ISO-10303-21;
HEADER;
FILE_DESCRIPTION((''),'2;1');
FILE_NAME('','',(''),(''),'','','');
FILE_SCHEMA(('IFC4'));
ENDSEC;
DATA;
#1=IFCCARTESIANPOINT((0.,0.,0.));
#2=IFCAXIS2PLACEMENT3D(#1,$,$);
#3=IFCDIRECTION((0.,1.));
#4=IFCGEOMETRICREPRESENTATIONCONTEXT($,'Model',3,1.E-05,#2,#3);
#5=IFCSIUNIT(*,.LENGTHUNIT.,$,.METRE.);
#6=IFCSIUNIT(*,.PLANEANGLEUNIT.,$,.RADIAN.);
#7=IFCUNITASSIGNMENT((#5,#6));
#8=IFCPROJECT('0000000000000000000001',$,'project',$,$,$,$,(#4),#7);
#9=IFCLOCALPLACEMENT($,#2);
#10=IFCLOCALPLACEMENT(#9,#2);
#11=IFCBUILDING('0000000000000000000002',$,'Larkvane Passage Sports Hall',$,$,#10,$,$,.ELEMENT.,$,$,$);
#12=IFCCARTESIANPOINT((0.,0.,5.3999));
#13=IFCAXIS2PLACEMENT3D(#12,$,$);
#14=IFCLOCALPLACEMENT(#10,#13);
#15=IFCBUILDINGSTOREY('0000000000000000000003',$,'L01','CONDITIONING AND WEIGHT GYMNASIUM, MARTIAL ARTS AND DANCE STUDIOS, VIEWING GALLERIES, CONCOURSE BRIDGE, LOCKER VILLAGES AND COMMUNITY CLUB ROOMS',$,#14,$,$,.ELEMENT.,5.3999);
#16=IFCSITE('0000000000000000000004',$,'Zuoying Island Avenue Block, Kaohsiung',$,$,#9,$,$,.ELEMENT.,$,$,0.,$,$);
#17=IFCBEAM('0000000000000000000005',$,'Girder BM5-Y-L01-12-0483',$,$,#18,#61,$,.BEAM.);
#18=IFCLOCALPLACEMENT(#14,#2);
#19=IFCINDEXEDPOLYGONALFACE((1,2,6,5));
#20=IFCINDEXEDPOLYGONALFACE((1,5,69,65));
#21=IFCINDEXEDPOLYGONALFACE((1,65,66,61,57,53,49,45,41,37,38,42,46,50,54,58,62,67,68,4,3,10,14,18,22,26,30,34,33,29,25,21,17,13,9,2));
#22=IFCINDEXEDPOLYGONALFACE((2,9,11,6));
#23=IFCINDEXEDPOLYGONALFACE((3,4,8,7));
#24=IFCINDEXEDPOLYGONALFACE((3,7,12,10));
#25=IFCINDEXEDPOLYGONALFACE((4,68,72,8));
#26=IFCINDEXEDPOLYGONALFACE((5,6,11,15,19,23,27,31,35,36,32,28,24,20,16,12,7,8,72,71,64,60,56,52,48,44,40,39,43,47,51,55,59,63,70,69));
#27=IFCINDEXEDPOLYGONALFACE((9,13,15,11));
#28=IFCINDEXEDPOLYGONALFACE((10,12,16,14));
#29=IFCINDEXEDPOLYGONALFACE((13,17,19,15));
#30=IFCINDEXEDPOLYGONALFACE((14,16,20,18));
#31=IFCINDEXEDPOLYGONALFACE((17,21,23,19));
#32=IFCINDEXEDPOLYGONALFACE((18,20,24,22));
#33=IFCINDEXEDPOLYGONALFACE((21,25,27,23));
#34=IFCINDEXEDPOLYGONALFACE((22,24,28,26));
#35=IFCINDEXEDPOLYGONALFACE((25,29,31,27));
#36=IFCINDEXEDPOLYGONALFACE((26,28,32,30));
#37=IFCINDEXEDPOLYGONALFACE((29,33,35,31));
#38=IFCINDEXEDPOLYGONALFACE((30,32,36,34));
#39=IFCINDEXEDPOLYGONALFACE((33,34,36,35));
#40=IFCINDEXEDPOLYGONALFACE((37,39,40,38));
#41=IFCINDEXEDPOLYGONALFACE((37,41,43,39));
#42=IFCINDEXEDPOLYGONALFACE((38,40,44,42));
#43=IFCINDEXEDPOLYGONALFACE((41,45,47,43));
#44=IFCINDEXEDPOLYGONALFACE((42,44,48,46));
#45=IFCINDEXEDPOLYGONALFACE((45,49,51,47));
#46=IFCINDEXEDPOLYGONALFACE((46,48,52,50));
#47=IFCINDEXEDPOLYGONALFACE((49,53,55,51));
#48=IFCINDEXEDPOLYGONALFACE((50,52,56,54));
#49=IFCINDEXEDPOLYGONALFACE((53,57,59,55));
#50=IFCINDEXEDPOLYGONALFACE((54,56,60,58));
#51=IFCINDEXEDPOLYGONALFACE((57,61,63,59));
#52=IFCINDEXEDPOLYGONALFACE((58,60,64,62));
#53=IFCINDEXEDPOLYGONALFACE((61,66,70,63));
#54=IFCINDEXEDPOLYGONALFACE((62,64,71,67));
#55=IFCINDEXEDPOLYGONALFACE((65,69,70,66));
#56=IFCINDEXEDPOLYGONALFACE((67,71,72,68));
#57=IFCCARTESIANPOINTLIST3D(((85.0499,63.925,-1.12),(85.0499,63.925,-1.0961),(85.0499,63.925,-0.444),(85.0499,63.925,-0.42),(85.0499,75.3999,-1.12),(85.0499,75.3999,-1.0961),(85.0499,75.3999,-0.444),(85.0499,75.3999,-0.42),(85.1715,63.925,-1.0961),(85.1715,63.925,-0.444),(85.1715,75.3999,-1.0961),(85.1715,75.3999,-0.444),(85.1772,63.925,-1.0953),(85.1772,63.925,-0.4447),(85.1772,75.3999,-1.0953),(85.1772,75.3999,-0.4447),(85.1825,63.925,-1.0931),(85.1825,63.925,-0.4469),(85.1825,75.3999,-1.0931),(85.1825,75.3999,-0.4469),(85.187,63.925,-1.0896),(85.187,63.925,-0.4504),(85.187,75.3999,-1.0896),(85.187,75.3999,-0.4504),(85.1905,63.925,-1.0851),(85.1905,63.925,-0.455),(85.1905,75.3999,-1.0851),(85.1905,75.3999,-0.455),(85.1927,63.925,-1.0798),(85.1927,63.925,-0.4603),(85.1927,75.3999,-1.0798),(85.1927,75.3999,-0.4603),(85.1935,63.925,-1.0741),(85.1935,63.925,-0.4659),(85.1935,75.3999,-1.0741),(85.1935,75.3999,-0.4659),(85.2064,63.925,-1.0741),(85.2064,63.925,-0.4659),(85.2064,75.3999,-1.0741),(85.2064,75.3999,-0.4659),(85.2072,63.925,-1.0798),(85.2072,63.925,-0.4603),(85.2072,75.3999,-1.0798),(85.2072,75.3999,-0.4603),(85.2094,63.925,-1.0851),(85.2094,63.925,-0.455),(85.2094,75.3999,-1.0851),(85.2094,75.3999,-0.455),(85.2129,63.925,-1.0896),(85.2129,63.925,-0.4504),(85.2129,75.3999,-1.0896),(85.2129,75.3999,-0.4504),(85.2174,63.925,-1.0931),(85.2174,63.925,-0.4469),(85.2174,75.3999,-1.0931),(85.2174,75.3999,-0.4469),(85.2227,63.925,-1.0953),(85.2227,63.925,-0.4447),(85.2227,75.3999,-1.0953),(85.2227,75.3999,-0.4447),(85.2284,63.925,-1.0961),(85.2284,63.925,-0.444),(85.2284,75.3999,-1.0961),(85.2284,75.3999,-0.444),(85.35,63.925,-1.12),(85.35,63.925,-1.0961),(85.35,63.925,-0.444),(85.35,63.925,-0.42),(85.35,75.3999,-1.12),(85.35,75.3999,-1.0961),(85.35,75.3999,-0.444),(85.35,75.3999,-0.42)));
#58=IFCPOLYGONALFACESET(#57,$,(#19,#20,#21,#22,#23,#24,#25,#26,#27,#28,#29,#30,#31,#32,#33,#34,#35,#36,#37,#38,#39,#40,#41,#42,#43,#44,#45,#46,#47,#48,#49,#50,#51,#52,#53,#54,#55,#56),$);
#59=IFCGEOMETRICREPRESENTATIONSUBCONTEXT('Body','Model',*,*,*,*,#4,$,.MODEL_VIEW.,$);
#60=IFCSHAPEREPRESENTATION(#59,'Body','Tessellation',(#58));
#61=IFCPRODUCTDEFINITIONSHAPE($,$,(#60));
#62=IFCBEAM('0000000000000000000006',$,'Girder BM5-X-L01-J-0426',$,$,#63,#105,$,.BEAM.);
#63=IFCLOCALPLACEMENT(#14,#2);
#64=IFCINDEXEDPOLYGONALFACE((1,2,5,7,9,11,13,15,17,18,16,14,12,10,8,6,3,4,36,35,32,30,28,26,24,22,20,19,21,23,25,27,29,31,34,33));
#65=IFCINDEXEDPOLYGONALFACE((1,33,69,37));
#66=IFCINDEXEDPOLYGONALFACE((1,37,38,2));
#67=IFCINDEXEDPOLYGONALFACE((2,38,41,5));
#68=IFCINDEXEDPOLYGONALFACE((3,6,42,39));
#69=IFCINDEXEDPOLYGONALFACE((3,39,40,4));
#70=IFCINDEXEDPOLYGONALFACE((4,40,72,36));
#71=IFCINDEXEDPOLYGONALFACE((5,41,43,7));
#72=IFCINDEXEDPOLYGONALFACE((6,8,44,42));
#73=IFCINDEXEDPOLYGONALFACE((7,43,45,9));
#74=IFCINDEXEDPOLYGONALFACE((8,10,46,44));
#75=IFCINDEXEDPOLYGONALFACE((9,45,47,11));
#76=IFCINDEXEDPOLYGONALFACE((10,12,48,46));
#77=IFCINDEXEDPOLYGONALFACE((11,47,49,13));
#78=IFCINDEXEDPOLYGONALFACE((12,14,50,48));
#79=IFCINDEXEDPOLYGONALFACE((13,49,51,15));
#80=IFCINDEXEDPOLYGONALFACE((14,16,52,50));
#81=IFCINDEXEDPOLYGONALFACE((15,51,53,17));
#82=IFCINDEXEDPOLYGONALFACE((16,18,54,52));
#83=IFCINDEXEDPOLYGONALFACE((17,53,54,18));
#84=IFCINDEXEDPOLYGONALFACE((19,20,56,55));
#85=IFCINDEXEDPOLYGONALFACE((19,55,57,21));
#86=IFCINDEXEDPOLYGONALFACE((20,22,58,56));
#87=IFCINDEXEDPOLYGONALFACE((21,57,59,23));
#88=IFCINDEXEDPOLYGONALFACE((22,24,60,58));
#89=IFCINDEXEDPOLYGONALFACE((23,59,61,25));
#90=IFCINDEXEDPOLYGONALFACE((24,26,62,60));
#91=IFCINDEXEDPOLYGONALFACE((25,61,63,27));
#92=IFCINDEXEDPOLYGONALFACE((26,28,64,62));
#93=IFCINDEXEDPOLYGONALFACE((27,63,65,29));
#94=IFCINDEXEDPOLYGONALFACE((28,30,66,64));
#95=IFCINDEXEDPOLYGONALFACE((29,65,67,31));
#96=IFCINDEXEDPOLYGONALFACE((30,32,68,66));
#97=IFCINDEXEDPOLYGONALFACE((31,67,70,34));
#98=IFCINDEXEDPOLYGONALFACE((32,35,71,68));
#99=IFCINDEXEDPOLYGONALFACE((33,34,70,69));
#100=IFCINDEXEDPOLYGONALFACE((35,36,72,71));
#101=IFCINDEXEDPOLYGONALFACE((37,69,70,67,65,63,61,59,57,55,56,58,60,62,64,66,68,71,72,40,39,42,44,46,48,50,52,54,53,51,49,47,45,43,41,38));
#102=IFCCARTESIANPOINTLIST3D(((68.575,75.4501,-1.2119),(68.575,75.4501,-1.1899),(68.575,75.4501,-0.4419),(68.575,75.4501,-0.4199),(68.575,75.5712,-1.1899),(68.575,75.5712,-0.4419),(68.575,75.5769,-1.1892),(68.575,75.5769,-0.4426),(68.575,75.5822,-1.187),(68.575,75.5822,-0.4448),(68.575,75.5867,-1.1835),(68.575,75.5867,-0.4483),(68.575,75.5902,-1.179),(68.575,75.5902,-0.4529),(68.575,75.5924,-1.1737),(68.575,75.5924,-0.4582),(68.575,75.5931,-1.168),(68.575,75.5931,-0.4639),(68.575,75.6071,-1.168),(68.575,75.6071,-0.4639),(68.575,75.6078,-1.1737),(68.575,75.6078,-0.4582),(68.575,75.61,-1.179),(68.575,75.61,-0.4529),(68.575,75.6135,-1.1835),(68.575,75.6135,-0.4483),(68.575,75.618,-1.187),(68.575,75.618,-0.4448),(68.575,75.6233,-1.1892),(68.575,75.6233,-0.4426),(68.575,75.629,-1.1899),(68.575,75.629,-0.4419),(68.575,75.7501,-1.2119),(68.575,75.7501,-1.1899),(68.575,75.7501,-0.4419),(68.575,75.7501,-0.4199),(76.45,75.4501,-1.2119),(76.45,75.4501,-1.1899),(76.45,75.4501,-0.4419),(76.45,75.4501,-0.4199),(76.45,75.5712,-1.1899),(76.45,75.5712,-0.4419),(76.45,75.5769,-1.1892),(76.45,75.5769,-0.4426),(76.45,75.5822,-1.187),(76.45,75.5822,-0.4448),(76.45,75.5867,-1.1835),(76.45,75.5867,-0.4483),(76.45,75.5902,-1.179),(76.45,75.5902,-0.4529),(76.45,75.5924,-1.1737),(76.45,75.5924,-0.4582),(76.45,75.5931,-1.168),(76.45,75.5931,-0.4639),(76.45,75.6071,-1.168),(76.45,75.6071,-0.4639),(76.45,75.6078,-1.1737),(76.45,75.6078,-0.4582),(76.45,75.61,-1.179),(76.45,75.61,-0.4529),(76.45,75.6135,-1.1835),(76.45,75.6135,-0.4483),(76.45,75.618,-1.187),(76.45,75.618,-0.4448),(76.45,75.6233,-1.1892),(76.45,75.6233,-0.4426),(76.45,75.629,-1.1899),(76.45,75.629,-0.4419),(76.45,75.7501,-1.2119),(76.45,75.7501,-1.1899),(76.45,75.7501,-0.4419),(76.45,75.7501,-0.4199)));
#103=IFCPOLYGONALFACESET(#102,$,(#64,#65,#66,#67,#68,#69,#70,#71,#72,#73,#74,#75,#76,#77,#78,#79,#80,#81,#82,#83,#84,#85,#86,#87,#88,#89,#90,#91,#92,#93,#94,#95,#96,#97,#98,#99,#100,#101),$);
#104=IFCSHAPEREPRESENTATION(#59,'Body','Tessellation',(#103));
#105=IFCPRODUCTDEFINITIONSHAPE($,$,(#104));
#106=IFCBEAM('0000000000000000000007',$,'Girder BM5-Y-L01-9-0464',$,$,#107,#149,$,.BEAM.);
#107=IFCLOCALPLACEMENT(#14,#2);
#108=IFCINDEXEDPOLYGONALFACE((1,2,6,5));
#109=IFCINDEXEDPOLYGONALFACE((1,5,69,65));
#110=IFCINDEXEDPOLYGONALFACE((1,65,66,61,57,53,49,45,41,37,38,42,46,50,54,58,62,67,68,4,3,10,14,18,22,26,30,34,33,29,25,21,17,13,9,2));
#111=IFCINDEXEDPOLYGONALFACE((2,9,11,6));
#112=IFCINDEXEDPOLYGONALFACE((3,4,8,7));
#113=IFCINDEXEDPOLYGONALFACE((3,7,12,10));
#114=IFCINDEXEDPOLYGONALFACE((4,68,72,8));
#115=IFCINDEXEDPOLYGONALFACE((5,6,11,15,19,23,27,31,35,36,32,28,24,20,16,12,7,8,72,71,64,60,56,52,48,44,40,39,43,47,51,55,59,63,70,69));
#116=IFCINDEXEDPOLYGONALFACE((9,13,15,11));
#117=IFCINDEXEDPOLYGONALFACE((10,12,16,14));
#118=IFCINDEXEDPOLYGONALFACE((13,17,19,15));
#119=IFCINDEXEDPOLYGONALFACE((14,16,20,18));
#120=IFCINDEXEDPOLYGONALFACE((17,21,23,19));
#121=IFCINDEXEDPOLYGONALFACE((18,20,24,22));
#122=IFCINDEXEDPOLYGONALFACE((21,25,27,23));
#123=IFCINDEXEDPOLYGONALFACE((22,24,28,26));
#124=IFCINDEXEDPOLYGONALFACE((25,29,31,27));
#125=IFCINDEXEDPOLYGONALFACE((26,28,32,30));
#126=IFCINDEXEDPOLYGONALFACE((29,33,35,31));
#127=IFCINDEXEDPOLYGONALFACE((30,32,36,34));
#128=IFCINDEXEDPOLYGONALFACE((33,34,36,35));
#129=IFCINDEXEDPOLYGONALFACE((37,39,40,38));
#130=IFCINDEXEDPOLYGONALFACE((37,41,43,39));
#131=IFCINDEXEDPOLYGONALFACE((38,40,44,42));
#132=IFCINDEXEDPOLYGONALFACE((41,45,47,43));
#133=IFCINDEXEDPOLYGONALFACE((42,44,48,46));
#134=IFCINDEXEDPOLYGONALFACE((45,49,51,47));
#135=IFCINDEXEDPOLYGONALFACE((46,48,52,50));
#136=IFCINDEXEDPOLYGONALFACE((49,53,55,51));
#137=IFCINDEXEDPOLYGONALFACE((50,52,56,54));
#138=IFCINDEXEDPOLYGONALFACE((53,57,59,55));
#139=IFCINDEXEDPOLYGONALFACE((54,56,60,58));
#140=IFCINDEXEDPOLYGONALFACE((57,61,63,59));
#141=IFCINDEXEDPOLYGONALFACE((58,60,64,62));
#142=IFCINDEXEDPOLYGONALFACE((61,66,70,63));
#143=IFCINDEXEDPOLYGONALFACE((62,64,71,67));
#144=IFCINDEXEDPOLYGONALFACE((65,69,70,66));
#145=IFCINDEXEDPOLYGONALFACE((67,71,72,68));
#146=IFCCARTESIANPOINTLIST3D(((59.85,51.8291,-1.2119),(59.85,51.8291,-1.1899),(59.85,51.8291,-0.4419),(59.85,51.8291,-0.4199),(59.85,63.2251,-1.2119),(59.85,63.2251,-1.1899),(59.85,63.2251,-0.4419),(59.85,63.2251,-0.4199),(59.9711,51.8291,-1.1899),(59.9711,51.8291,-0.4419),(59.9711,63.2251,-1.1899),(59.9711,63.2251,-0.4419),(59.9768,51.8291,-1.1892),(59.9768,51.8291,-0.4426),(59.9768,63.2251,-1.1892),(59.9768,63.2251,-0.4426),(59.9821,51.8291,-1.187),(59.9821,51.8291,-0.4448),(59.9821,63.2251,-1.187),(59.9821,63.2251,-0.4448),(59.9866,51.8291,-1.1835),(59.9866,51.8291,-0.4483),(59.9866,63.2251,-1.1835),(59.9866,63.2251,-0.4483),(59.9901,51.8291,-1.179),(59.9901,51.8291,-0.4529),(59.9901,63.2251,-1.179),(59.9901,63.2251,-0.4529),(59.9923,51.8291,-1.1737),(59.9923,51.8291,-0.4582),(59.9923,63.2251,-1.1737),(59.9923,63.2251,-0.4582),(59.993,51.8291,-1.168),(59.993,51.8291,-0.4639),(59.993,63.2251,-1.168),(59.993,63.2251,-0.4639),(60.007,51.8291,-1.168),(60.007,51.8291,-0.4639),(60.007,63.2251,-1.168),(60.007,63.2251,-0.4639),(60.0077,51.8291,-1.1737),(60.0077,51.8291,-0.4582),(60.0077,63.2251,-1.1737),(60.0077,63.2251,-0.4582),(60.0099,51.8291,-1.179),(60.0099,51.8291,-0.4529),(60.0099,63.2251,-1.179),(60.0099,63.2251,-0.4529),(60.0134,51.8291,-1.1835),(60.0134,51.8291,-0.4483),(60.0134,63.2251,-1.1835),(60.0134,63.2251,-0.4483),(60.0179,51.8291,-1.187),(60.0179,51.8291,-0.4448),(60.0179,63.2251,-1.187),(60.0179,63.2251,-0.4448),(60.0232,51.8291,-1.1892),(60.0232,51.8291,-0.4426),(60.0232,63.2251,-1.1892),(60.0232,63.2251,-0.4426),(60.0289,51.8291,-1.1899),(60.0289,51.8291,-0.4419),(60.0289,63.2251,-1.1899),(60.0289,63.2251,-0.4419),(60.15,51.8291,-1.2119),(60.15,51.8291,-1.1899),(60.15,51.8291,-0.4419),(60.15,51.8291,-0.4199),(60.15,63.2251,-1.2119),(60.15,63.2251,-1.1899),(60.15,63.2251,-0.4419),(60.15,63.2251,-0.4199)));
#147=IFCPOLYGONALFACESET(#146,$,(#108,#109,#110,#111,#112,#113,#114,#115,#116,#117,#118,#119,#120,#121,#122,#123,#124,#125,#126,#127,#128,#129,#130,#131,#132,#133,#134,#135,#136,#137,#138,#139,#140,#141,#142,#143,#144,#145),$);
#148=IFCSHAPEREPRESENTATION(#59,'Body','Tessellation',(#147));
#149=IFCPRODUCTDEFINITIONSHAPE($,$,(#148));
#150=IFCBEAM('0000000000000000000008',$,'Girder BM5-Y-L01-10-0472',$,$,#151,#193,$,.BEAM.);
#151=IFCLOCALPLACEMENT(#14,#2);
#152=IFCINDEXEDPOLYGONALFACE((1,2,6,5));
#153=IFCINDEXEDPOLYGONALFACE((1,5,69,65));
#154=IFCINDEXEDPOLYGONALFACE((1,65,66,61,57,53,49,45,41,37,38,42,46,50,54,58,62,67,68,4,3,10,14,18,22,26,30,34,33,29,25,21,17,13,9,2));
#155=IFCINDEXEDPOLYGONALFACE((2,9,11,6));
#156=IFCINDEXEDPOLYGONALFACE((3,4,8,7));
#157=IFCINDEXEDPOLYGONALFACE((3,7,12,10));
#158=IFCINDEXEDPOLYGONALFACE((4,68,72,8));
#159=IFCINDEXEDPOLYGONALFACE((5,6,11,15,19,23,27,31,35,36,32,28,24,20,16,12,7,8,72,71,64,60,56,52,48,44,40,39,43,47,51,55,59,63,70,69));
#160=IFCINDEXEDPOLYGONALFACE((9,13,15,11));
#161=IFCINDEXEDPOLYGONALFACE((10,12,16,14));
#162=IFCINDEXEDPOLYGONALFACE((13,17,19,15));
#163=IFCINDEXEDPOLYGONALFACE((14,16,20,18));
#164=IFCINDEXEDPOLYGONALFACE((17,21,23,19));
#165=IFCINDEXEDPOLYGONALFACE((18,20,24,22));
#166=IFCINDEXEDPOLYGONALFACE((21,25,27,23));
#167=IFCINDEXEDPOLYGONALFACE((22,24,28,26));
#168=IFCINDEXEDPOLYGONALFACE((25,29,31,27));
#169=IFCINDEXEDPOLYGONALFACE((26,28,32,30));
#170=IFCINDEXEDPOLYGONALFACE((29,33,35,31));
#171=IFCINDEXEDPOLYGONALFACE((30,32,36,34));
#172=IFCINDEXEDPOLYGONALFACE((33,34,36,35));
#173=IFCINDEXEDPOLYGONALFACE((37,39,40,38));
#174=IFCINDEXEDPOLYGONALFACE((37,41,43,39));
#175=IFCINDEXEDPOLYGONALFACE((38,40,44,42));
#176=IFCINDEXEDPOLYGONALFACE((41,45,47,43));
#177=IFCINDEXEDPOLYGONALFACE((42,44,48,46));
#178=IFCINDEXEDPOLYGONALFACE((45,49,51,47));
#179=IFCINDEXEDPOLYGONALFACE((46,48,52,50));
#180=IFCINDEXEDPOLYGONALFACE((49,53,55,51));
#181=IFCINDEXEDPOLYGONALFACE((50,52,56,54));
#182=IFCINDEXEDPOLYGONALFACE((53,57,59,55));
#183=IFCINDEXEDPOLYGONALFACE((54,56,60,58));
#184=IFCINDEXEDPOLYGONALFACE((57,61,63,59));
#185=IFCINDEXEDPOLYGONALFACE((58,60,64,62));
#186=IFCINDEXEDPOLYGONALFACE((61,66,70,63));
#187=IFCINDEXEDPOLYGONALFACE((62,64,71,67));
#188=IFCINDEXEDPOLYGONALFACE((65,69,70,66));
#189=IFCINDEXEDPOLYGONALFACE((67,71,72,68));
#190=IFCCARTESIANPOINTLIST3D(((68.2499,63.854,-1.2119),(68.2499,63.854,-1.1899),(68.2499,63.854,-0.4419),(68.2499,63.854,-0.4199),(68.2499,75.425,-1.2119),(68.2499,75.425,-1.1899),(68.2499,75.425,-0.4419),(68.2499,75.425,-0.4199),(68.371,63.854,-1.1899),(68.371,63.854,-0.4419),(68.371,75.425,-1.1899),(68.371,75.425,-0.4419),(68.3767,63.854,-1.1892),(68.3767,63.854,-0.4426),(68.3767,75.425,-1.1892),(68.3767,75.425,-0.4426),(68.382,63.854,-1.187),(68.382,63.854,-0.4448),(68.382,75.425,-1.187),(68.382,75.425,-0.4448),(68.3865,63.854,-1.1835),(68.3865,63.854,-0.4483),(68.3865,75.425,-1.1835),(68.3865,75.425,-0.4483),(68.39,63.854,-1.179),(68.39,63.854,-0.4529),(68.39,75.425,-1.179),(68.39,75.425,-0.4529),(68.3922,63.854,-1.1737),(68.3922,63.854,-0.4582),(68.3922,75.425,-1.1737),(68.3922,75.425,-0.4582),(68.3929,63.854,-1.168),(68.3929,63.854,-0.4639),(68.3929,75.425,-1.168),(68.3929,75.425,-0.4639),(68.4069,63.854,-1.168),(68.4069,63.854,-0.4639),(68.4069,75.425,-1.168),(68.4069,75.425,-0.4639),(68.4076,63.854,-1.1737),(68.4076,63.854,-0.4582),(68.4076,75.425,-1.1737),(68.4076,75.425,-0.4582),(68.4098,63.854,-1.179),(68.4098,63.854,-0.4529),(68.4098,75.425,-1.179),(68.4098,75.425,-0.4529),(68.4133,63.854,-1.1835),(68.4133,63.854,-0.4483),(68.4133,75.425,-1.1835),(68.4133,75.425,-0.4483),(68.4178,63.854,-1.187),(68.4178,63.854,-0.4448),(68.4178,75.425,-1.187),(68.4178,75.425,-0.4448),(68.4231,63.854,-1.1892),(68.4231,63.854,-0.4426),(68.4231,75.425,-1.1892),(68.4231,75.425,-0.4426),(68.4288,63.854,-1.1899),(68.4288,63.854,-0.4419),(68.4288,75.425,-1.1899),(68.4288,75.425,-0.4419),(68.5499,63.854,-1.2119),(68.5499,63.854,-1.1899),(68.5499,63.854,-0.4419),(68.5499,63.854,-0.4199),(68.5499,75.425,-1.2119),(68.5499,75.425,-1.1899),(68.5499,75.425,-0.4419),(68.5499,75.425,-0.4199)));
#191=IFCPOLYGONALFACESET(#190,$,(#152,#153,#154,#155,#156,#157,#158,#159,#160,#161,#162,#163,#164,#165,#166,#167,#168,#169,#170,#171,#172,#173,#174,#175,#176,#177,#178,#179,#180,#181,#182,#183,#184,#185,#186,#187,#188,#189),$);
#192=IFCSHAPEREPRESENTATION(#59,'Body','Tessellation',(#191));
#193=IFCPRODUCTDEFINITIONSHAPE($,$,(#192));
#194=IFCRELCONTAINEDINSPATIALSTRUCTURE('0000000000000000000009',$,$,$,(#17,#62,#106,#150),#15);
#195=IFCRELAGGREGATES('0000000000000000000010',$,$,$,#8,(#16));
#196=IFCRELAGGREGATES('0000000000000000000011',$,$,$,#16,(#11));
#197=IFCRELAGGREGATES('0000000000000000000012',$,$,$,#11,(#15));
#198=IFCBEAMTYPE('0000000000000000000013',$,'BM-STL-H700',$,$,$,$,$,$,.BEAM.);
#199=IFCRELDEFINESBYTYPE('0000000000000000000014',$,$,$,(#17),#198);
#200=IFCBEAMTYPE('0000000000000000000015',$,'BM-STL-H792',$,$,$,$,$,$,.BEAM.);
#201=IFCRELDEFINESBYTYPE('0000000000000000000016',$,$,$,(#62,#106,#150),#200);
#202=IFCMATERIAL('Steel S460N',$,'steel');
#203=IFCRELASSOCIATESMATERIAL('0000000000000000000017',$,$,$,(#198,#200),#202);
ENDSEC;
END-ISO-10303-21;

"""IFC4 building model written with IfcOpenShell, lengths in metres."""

from ifc_helpers import new_model, si_unit, direction, frame, origin, origin_2d, place, context, subcontext, project, spatial, i_section, extrude, material, material_profile, profile_set, type_object, element, save


model = new_model("IFC4")

# Units and contexts
model_context = context("Model", 3, precision=1e-05, world=origin(), true_north=direction((0.0, 1.0)))
body_context = subcontext(model_context, "Body", "Model", "MODEL_VIEW")
ifc_project = project(units=[si_unit("LENGTHUNIT", "METRE"), si_unit("PLANEANGLEUNIT", "RADIAN")], contexts=[model_context])

# Site, building, storey
site_placement = place(None, origin())
site = spatial("IfcSite", under=ifc_project, at=site_placement, Name="Zuoying Island Avenue Block, Kaohsiung", CompositionType="ELEMENT", RefElevation=0.0)
building_placement = place(site_placement, origin())
building = spatial("IfcBuilding", under=site, at=building_placement, Name="Larkvane Passage Sports Hall", CompositionType="ELEMENT")
storey_placement = place(building_placement, frame((0.0, 0.0, 5.3999)))
storey = spatial("IfcBuildingStorey", under=building, at=storey_placement, Name="L01", Description="CONDITIONING AND WEIGHT GYMNASIUM, MARTIAL ARTS AND DANCE STUDIOS, VIEWING GALLERIES, CONCOURSE BRIDGE, LOCKER VILLAGES AND COMMUNITY CLUB ROOMS", CompositionType="ELEMENT", Elevation=5.3999)

# Shared definitions
ifc_material_1 = material(Name="Steel S460N", Category="steel")

# Beams
ifc_material_profile_1 = material_profile(ifc_material_1, i_section(OverallWidth=0.3, OverallDepth=0.7, WebThickness=0.0129, FlangeThickness=0.0239, FilletRadius=0.022, at=origin_2d()), Name="H-700x300x13x24")
ifc_profile_set_1 = profile_set([ifc_material_profile_1], Name="Steel S460N")
beam_type_1 = type_object("IfcBeamType", Name="BM-STL-H700", PredefinedType="BEAM", material=ifc_profile_set_1)
beam_1_placement = place(storey_placement, frame((85.2, 63.925, -0.77), z_axis=(0.0, 1.0, 0.0), x_axis=(-1.0, 0.0, 0.0)))
element("IfcBeam", 1, at=beam_1_placement, inside=storey, type_object=beam_type_1, Name="Girder BM5-Y-L01-12-0483", PredefinedType="BEAM", context=body_context, shape_type="SweptSolid", body=[
    extrude(i_section(OverallWidth=0.3, OverallDepth=0.7, WebThickness=0.0129, FlangeThickness=0.0239, FilletRadius=0.022, at=origin_2d()), origin(), (0.0, 0.0, 1.0), 11.4749),
])
ifc_material_profile_2 = material_profile(ifc_material_1, i_section(OverallWidth=0.3, OverallDepth=0.792, WebThickness=0.0139, FlangeThickness=0.022, FilletRadius=0.022, at=origin_2d()), Name="H-792x300x14x22")
ifc_profile_set_2 = profile_set([ifc_material_profile_2], Name="Steel S460N")
beam_type_2 = type_object("IfcBeamType", Name="BM-STL-H792", PredefinedType="BEAM", material=ifc_profile_set_2)
beam_2_placement = place(storey_placement, frame((68.575, 75.6001, -0.8159), z_axis=(1.0, 0.0, 0.0), x_axis=(0.0, 1.0, 0.0)))
element("IfcBeam", 2, at=beam_2_placement, inside=storey, type_object=beam_type_2, Name="Girder BM5-X-L01-J-0426", PredefinedType="BEAM", context=body_context, shape_type="SweptSolid", body=[
    extrude(i_section(OverallWidth=0.3, OverallDepth=0.792, WebThickness=0.0139, FlangeThickness=0.022, FilletRadius=0.022, at=origin_2d()), origin(), (0.0, 0.0, 1.0), 7.875),
])
beam_3_placement = place(storey_placement, frame((60.0, 51.8291, -0.8159), z_axis=(0.0, 1.0, 0.0), x_axis=(-1.0, 0.0, 0.0)))
element("IfcBeam", 3, at=beam_3_placement, inside=storey, type_object=beam_type_2, Name="Girder BM5-Y-L01-9-0464", PredefinedType="BEAM", context=body_context, shape_type="SweptSolid", body=[
    extrude(i_section(OverallWidth=0.3, OverallDepth=0.792, WebThickness=0.0139, FlangeThickness=0.022, FilletRadius=0.022, at=origin_2d()), origin(), (0.0, 0.0, 1.0), 11.396),
])
beam_4_placement = place(storey_placement, frame((68.3999, 63.854, -0.8159), z_axis=(0.0, 1.0, 0.0), x_axis=(-1.0, 0.0, 0.0)))
element("IfcBeam", 4, at=beam_4_placement, inside=storey, type_object=beam_type_2, Name="Girder BM5-Y-L01-10-0472", PredefinedType="BEAM", context=body_context, shape_type="SweptSolid", body=[
    extrude(i_section(OverallWidth=0.3, OverallDepth=0.792, WebThickness=0.0139, FlangeThickness=0.022, FilletRadius=0.022, at=origin_2d()), origin(), (0.0, 0.0, 1.0), 11.571),
])

save(model, "model.ifc")
